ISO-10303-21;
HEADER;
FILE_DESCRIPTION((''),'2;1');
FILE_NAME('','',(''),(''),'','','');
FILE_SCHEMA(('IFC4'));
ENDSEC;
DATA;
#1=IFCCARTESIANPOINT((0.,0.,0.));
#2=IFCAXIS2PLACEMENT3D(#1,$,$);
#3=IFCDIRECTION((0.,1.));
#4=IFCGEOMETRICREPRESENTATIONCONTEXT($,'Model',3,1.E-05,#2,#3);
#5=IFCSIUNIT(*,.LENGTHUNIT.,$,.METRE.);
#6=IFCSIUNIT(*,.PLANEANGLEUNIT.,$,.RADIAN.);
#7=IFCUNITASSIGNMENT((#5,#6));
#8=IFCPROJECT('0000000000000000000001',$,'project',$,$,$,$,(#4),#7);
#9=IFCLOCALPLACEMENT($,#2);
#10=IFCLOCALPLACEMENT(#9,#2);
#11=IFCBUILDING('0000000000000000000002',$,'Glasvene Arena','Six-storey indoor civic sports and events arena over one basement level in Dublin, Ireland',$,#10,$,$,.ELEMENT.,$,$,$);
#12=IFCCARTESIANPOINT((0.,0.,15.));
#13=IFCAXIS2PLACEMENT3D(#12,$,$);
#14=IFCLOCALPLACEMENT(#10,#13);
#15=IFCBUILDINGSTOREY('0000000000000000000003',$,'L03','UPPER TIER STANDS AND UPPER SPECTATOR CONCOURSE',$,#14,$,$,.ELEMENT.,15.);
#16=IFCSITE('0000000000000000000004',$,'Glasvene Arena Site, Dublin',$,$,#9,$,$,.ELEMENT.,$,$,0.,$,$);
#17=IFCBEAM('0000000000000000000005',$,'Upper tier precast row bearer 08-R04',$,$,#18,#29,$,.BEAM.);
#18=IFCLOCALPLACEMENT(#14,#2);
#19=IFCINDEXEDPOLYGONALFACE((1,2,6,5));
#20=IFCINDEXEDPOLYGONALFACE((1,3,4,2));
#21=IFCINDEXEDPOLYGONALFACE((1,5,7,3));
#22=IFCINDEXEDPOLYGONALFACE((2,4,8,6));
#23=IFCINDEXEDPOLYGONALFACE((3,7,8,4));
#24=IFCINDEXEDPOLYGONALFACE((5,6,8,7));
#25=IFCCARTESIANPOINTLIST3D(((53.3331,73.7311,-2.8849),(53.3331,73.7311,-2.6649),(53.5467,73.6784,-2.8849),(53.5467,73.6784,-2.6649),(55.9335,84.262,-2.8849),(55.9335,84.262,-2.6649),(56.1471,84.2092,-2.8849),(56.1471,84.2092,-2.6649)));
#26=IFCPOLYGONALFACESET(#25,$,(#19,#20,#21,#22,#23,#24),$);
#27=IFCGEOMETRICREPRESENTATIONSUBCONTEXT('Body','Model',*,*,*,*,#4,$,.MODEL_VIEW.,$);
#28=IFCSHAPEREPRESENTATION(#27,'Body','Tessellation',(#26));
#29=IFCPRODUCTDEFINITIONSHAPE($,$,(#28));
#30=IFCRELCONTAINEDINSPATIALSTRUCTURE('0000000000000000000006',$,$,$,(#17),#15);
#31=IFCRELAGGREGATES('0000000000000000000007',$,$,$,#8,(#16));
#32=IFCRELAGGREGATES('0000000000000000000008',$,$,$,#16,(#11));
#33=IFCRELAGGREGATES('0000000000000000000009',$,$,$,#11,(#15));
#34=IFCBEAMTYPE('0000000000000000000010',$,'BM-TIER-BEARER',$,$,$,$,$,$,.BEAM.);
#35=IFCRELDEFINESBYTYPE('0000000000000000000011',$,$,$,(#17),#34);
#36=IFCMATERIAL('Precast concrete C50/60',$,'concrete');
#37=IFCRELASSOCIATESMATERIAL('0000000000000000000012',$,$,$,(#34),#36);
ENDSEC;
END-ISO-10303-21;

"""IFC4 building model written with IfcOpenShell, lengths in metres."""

from ifc_helpers import new_model, si_unit, direction, frame, origin, origin_2d, place, context, subcontext, project, spatial, rectangle, extrude, material, material_profile, profile_set, type_object, element, save


model = new_model("IFC4")

# Units and contexts
model_context = context("Model", 3, precision=1e-05, world=origin(), true_north=direction((0.0, 1.0)))
body_context = subcontext(model_context, "Body", "Model", "MODEL_VIEW")
ifc_project = project(units=[si_unit("LENGTHUNIT", "METRE"), si_unit("PLANEANGLEUNIT", "RADIAN")], contexts=[model_context])

# Site, building, storey
site_placement = place(None, origin())
site = spatial("IfcSite", under=ifc_project, at=site_placement, Name="Glasvene Arena Site, Dublin", CompositionType="ELEMENT", RefElevation=0.0)
building_placement = place(site_placement, origin())
building = spatial("IfcBuilding", under=site, at=building_placement, Name="Glasvene Arena", Description="Six-storey indoor civic sports and events arena over one basement level in Dublin, Ireland", CompositionType="ELEMENT")
storey_placement = place(building_placement, frame((0.0, 0.0, 15.0)))
storey = spatial("IfcBuildingStorey", under=building, at=storey_placement, Name="L03", Description="UPPER TIER STANDS AND UPPER SPECTATOR CONCOURSE", CompositionType="ELEMENT", Elevation=15.0)

# Beam
ifc_material_1 = material(Name="Precast concrete C50/60", Category="concrete")
ifc_material_profile_1 = material_profile(ifc_material_1, rectangle(XDim=0.22, YDim=0.22, at=origin_2d()), Name="RC 220x220")
ifc_profile_set_1 = profile_set([ifc_material_profile_1], Name="Precast concrete C50/60")
beam_type_1 = type_object("IfcBeamType", Name="BM-TIER-BEARER", PredefinedType="BEAM", material=ifc_profile_set_1)
beam_1_placement = place(storey_placement, frame((56.0403, 84.2356, -2.7749), z_axis=(-0.239728, -0.97084, 0.0), x_axis=(0.97084, -0.239728, 0.0)))
element("IfcBeam", 1, at=beam_1_placement, inside=storey, type_object=beam_type_1, Name="Upper tier precast row bearer 08-R04", PredefinedType="BEAM", context=body_context, shape_type="SweptSolid", body=[
    extrude(rectangle(XDim=0.22, YDim=0.22, at=origin_2d()), origin(), (0.0, 0.0, 1.0), 10.8472),
])

save(model, "model.ifc")
